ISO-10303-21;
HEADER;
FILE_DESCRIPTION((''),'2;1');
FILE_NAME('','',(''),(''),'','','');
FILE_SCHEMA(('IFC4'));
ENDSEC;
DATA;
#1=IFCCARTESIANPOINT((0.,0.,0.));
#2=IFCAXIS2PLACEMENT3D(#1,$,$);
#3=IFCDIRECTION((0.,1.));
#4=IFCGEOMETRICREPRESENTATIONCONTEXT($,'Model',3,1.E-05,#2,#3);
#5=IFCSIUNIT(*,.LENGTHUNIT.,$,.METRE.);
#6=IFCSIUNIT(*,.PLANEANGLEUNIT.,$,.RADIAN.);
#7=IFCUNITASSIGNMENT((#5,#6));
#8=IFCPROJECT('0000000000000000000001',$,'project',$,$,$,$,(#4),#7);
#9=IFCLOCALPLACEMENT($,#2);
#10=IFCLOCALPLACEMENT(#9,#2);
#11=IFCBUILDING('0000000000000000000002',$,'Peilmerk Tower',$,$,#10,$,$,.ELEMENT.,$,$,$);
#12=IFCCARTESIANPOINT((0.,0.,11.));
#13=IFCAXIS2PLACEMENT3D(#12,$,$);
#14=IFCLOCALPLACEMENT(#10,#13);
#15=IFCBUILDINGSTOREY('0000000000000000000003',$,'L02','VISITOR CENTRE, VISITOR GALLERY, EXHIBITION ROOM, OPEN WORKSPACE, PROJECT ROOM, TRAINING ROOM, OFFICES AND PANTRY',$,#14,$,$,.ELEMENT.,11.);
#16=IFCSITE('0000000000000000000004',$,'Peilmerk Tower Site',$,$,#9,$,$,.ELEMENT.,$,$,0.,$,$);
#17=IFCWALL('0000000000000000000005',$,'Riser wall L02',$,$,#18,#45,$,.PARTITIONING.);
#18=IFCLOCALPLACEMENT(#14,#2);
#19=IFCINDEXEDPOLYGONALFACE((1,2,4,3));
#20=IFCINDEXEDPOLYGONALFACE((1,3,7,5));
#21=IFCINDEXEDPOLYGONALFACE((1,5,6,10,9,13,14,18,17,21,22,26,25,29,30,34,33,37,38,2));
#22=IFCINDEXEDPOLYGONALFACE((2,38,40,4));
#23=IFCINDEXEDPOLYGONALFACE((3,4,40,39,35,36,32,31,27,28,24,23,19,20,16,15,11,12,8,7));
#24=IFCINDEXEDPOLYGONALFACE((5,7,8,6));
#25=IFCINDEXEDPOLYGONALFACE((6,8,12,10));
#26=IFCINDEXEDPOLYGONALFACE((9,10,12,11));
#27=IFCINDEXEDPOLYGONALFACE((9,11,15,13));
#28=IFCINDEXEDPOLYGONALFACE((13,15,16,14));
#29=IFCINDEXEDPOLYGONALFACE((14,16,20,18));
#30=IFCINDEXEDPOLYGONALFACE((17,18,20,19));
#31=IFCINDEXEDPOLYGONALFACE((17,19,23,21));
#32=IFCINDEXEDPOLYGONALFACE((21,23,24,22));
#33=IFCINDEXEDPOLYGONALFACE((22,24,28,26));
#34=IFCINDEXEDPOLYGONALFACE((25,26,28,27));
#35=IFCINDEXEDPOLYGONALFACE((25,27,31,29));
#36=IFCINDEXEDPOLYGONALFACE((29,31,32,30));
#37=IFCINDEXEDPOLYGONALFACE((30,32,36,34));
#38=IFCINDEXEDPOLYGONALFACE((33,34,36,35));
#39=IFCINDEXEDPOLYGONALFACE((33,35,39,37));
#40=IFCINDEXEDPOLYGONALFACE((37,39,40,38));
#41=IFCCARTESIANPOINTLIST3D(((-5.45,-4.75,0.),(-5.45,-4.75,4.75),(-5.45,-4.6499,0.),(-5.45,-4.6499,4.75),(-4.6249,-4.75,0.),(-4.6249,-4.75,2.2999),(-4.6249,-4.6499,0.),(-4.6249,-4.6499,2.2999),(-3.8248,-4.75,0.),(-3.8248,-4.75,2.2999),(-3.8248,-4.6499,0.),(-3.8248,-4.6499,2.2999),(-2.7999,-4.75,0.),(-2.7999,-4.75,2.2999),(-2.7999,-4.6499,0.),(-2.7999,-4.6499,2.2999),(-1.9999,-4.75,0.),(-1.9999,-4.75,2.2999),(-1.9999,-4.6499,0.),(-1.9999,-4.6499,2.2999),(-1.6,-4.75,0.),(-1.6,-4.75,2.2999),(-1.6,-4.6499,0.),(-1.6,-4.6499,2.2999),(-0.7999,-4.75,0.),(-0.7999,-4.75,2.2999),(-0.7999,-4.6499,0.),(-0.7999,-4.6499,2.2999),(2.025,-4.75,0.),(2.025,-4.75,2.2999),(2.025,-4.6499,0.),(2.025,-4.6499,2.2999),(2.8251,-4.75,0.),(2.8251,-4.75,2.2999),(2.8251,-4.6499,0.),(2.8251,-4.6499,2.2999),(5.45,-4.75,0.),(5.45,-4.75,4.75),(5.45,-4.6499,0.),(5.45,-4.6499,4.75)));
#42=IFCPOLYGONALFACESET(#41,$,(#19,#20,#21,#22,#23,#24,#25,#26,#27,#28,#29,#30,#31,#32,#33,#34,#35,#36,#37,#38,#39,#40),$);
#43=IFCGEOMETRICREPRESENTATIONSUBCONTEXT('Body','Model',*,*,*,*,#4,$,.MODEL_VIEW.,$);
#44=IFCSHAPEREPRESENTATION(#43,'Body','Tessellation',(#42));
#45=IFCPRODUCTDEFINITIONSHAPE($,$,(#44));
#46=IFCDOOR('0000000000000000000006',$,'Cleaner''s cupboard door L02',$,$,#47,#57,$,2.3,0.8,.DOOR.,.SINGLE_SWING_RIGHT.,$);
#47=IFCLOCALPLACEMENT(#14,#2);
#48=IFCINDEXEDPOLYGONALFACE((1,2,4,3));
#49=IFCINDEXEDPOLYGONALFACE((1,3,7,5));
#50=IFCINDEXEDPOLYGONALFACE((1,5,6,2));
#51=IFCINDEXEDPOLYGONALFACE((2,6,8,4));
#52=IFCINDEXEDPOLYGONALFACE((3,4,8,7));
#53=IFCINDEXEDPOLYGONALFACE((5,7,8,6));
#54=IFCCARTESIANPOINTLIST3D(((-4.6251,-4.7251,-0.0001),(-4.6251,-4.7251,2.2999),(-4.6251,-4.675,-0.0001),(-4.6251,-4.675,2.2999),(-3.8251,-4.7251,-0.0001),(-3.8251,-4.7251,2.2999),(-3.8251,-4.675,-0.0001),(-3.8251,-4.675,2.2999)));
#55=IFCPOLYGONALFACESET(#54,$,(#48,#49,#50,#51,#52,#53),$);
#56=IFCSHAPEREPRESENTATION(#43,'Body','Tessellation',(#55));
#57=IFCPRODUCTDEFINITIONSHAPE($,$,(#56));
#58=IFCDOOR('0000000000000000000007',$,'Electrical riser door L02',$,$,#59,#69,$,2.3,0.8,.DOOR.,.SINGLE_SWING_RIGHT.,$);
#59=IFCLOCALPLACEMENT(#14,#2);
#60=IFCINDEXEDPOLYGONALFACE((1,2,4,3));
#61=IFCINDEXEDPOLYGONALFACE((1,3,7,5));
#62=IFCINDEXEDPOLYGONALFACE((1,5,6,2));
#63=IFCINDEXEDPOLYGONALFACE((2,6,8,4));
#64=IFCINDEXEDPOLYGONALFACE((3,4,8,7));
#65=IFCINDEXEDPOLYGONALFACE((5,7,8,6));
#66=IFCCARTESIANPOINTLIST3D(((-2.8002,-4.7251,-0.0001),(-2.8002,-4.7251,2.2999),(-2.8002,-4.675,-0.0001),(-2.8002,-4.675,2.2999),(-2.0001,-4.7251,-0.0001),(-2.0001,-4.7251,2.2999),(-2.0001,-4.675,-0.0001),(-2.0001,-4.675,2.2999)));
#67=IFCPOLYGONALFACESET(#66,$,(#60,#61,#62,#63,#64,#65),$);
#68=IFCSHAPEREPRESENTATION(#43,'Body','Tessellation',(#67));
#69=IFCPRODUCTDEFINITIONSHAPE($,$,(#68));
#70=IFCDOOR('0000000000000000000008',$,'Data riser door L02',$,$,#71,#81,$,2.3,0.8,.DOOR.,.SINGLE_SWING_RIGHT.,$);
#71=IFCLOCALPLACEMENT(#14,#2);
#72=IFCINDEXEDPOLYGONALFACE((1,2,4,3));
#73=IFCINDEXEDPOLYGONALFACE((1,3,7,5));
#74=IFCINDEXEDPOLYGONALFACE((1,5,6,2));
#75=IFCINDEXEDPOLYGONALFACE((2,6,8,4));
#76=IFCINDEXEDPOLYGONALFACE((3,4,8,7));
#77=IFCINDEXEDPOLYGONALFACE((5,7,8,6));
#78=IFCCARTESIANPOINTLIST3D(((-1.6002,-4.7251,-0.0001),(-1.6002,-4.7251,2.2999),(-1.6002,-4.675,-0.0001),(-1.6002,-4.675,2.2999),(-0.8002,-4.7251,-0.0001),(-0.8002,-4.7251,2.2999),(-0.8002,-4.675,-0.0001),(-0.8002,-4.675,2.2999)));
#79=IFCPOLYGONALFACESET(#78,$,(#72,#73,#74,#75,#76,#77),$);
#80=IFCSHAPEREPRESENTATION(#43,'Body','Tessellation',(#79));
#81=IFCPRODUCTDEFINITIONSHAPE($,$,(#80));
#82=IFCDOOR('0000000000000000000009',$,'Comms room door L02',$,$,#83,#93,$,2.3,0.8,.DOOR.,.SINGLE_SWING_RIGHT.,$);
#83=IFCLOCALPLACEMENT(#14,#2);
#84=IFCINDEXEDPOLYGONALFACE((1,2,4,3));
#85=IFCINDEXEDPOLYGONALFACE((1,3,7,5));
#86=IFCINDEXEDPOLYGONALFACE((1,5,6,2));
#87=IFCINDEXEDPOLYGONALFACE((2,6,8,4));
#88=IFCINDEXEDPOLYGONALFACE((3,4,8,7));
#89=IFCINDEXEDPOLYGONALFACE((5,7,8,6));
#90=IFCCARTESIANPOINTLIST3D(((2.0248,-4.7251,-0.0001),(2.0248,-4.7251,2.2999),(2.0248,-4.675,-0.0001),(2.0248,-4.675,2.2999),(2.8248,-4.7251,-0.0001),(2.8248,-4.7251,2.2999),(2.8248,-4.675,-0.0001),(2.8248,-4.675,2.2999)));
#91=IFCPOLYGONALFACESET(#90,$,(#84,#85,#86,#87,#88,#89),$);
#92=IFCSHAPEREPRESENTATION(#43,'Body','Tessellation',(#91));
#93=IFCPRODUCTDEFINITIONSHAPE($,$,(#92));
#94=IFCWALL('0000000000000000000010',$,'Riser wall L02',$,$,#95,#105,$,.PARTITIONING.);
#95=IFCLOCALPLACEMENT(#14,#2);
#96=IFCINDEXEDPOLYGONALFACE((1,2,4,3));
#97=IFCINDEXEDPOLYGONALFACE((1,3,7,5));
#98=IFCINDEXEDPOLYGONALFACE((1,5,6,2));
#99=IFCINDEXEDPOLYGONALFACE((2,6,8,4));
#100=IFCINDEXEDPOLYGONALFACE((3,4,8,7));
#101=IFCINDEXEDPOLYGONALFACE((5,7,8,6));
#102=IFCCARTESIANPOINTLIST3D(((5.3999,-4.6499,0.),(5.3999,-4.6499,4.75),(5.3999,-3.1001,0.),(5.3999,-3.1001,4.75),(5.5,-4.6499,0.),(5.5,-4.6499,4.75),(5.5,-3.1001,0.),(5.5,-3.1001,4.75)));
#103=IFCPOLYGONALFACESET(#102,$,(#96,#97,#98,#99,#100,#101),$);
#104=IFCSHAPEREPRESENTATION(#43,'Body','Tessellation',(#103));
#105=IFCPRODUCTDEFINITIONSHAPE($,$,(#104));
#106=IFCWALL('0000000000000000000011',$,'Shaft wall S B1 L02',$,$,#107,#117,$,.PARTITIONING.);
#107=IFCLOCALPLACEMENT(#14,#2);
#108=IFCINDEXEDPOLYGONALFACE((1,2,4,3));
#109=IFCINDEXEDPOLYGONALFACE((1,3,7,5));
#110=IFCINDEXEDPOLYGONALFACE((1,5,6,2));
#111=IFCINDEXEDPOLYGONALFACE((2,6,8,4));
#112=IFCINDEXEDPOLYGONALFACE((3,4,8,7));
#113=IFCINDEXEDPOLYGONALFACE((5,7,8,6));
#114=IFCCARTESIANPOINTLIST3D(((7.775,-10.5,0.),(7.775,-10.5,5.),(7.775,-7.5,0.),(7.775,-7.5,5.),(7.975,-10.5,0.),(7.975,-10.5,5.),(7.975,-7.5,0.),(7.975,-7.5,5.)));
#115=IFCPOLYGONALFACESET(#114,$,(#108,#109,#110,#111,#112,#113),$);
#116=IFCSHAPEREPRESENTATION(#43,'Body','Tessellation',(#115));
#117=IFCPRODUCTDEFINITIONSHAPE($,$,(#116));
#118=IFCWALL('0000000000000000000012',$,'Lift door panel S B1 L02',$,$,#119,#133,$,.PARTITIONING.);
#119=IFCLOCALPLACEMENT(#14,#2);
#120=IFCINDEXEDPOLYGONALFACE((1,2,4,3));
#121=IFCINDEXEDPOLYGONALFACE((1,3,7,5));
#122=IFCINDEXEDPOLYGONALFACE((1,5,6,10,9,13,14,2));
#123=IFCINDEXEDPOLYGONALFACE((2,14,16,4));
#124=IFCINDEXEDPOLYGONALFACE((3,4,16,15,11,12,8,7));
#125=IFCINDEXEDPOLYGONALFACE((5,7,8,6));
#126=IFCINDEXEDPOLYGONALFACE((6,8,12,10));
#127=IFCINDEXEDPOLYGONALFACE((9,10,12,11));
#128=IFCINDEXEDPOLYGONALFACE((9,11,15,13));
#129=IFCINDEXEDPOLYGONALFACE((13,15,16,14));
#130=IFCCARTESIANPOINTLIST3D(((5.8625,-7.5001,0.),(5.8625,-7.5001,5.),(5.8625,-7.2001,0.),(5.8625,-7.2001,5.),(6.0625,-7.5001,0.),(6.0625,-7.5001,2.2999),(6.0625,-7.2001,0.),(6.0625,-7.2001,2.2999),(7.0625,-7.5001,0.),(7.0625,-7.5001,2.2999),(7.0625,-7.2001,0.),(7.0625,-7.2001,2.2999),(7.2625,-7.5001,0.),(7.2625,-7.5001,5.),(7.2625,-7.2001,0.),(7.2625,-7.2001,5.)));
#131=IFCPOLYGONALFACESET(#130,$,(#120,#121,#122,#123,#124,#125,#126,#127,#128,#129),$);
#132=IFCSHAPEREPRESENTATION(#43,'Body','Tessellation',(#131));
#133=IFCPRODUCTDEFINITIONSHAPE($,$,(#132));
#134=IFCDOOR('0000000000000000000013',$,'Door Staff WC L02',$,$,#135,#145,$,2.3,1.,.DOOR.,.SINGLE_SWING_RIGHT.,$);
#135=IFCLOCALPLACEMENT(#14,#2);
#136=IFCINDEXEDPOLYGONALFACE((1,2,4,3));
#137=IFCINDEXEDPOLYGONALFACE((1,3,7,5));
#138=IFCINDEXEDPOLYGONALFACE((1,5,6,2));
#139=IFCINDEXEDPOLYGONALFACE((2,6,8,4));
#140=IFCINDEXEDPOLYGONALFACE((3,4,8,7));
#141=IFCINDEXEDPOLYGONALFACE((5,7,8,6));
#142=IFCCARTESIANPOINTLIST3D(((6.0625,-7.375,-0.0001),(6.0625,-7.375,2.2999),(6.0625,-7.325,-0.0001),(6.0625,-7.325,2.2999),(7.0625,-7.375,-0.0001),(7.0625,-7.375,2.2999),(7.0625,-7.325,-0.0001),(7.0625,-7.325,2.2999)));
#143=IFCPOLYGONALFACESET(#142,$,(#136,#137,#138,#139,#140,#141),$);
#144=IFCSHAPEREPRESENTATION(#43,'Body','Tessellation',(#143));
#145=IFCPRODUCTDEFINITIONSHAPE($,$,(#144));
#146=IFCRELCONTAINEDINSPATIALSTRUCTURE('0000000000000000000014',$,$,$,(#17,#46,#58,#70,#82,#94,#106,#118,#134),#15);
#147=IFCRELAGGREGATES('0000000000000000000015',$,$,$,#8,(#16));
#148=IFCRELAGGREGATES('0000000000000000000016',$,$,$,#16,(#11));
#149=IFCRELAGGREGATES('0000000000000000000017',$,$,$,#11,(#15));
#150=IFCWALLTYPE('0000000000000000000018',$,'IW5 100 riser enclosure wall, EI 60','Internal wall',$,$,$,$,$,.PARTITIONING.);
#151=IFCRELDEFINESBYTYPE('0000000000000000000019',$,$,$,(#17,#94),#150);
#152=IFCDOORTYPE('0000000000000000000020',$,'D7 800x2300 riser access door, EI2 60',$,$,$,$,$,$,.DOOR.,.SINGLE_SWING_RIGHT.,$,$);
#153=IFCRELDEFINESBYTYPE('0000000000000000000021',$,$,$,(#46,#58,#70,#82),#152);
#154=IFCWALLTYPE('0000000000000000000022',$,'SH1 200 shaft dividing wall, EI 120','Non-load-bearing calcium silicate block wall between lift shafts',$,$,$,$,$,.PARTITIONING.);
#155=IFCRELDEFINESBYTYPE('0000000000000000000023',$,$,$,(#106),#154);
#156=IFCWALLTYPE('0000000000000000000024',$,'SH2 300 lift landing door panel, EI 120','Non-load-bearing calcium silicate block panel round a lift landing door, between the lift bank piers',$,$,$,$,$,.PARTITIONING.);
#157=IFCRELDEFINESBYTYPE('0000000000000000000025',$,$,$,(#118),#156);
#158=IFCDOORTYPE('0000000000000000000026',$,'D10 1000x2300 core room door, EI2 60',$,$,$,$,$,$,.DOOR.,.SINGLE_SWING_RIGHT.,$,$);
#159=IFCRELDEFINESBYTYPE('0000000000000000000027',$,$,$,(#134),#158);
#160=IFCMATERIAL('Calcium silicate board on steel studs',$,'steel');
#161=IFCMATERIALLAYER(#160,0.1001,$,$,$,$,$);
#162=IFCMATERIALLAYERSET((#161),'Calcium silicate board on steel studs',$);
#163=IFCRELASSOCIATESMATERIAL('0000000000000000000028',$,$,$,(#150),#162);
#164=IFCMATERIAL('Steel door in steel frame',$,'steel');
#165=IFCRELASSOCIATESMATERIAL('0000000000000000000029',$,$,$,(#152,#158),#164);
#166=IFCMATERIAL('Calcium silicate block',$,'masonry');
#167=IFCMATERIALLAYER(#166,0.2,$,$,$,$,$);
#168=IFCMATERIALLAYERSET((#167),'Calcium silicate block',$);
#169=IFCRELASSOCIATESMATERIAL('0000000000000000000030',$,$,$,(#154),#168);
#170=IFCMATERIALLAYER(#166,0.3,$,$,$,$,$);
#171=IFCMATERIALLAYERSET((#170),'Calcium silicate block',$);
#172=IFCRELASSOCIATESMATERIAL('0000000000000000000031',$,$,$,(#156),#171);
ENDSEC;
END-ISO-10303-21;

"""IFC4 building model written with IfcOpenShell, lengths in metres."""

from ifc_helpers import new_model, si_unit, direction, frame, frame_2d, origin, place, context, subcontext, project, spatial, rectangle, extrude, material, layer, layer_set, type_object, element, fill, save


model = new_model("IFC4")

# Units and contexts
model_context = context("Model", 3, precision=1e-05, world=origin(), true_north=direction((0.0, 1.0)))
body_context = subcontext(model_context, "Body", "Model", "MODEL_VIEW")
ifc_project = project(units=[si_unit("LENGTHUNIT", "METRE"), si_unit("PLANEANGLEUNIT", "RADIAN")], contexts=[model_context])

# Site, building, storey
site_placement = place(None, origin())
site = spatial("IfcSite", under=ifc_project, at=site_placement, Name="Peilmerk Tower Site", CompositionType="ELEMENT", RefElevation=0.0)
building_placement = place(site_placement, origin())
building = spatial("IfcBuilding", under=site, at=building_placement, Name="Peilmerk Tower", CompositionType="ELEMENT")
storey_placement = place(building_placement, frame((0.0, 0.0, 11.0)))
storey = spatial("IfcBuildingStorey", under=building, at=storey_placement, Name="L02", Description="VISITOR CENTRE, VISITOR GALLERY, EXHIBITION ROOM, OPEN WORKSPACE, PROJECT ROOM, TRAINING ROOM, OFFICES AND PANTRY", CompositionType="ELEMENT", Elevation=11.0)

# Shared definitions
ifc_material_1 = material(Name="Steel door in steel frame", Category="steel")

# Shared definitions
ifc_material_2 = material(Name="Calcium silicate board on steel studs", Category="steel")
ifc_layer_1 = layer(ifc_material_2, 0.1001)
ifc_layer_set_1 = layer_set([ifc_layer_1], Name="Calcium silicate board on steel studs")
wall_type_1 = type_object("IfcWallType", Name="IW5 100 riser enclosure wall, EI 60", Description="Internal wall", PredefinedType="PARTITIONING", material=ifc_layer_set_1)

# Wall, openings, doors
wall_1_placement = place(storey_placement, frame((5.45, -4.7, 0.0), z_axis=(0.0, 0.0, 1.0), x_axis=(-1.0, 0.0, 0.0)))
wall_1 = element("IfcWall", 1, at=wall_1_placement, inside=storey, type_object=wall_type_1, Name="Riser wall L02", PredefinedType="PARTITIONING", context=body_context, shape_type="SweptSolid", body=[
    extrude(rectangle(XDim=10.8999, YDim=0.1001, at=frame_2d((5.45, 0.0))), origin(), (0.0, 0.0, 1.0), 4.75),
])
opening_1_placement = place(wall_1_placement, frame((9.2749, 0.0, 0.0)))
opening_1 = element("IfcOpeningElement", 2, at=opening_1_placement, cuts=wall_1, PredefinedType="OPENING", context=body_context, shape_type="SweptSolid", body=[
    extrude(rectangle(XDim=0.8, YDim=2.3, at=frame_2d((0.3999, 1.1499))), frame((0.0, 0.0601, 0.0), z_axis=(0.0, -1.0, 0.0), x_axis=(1.0, 0.0, 0.0)), (0.0, 0.0, 1.0), 0.1201),
])
opening_2_placement = place(wall_1_placement, frame((7.45, 0.0, 0.0)))
opening_2 = element("IfcOpeningElement", 3, at=opening_2_placement, cuts=wall_1, PredefinedType="OPENING", context=body_context, shape_type="SweptSolid", body=[
    extrude(rectangle(XDim=0.8, YDim=2.3, at=frame_2d((0.3999, 1.1499))), frame((0.0, 0.0601, 0.0), z_axis=(0.0, -1.0, 0.0), x_axis=(1.0, 0.0, 0.0)), (0.0, 0.0, 1.0), 0.1201),
])
opening_3_placement = place(wall_1_placement, frame((6.25, 0.0, 0.0)))
opening_3 = element("IfcOpeningElement", 4, at=opening_3_placement, cuts=wall_1, PredefinedType="OPENING", context=body_context, shape_type="SweptSolid", body=[
    extrude(rectangle(XDim=0.8, YDim=2.3, at=frame_2d((0.3999, 1.1499))), frame((0.0, 0.0601, 0.0), z_axis=(0.0, -1.0, 0.0), x_axis=(1.0, 0.0, 0.0)), (0.0, 0.0, 1.0), 0.1201),
])
opening_4_placement = place(wall_1_placement, frame((2.625, 0.0, 0.0)))
opening_4 = element("IfcOpeningElement", 5, at=opening_4_placement, cuts=wall_1, PredefinedType="OPENING", context=body_context, shape_type="SweptSolid", body=[
    extrude(rectangle(XDim=0.8, YDim=2.3, at=frame_2d((0.3999, 1.1499))), frame((0.0, 0.0601, 0.0), z_axis=(0.0, -1.0, 0.0), x_axis=(1.0, 0.0, 0.0)), (0.0, 0.0, 1.0), 0.1201),
])
door_type_1 = type_object("IfcDoorType", Name="D7 800x2300 riser access door, EI2 60", OperationType="SINGLE_SWING_RIGHT", PredefinedType="DOOR", material=ifc_material_1)
door_1_placement = place(opening_1_placement, frame((0.8, 0.0, 0.0), z_axis=(0.0, 0.0, 1.0), x_axis=(-1.0, 0.0, 0.0)))
door_1 = element("IfcDoor", 6, at=door_1_placement, inside=storey, type_object=door_type_1, Name="Cleaner's cupboard door L02", OperationType="SINGLE_SWING_RIGHT", OverallHeight=2.3, OverallWidth=0.8, PredefinedType="DOOR", context=body_context, shape_type="SweptSolid", body=[
    extrude(rectangle(XDim=0.8, YDim=2.3, at=frame_2d((0.3999, 1.1499))), frame((0.0, 0.0249, 0.0), z_axis=(0.0, -1.0, 0.0), x_axis=(1.0, 0.0, 0.0)), (0.0, 0.0, 1.0), 0.05),
])
fill(opening_1, door_1)
door_2_placement = place(opening_2_placement, frame((0.8, 0.0, 0.0), z_axis=(0.0, 0.0, 1.0), x_axis=(-1.0, 0.0, 0.0)))
door_2 = element("IfcDoor", 7, at=door_2_placement, inside=storey, type_object=door_type_1, Name="Electrical riser door L02", OperationType="SINGLE_SWING_RIGHT", OverallHeight=2.3, OverallWidth=0.8, PredefinedType="DOOR", context=body_context, shape_type="SweptSolid", body=[
    extrude(rectangle(XDim=0.8, YDim=2.3, at=frame_2d((0.3999, 1.1499))), frame((0.0, 0.0249, 0.0), z_axis=(0.0, -1.0, 0.0), x_axis=(1.0, 0.0, 0.0)), (0.0, 0.0, 1.0), 0.05),
])
fill(opening_2, door_2)
door_3_placement = place(opening_3_placement, frame((0.8, 0.0, 0.0), z_axis=(0.0, 0.0, 1.0), x_axis=(-1.0, 0.0, 0.0)))
door_3 = element("IfcDoor", 8, at=door_3_placement, inside=storey, type_object=door_type_1, Name="Data riser door L02", OperationType="SINGLE_SWING_RIGHT", OverallHeight=2.3, OverallWidth=0.8, PredefinedType="DOOR", context=body_context, shape_type="SweptSolid", body=[
    extrude(rectangle(XDim=0.8, YDim=2.3, at=frame_2d((0.3999, 1.1499))), frame((0.0, 0.0249, 0.0), z_axis=(0.0, -1.0, 0.0), x_axis=(1.0, 0.0, 0.0)), (0.0, 0.0, 1.0), 0.05),
])
fill(opening_3, door_3)
door_4_placement = place(opening_4_placement, frame((0.8, 0.0, 0.0), z_axis=(0.0, 0.0, 1.0), x_axis=(-1.0, 0.0, 0.0)))
door_4 = element("IfcDoor", 9, at=door_4_placement, inside=storey, type_object=door_type_1, Name="Comms room door L02", OperationType="SINGLE_SWING_RIGHT", OverallHeight=2.3, OverallWidth=0.8, PredefinedType="DOOR", context=body_context, shape_type="SweptSolid", body=[
    extrude(rectangle(XDim=0.8, YDim=2.3, at=frame_2d((0.3999, 1.1499))), frame((0.0, 0.0249, 0.0), z_axis=(0.0, -1.0, 0.0), x_axis=(1.0, 0.0, 0.0)), (0.0, 0.0, 1.0), 0.05),
])
fill(opening_4, door_4)

# Walls
wall_2_placement = place(storey_placement, frame((5.45, -3.1001, 0.0), z_axis=(0.0, 0.0, 1.0), x_axis=(0.0, -1.0, 0.0)))
element("IfcWall", 10, at=wall_2_placement, inside=storey, type_object=wall_type_1, Name="Riser wall L02", PredefinedType="PARTITIONING", context=body_context, shape_type="SweptSolid", body=[
    extrude(rectangle(XDim=1.5498, YDim=0.1001, at=frame_2d((0.7749, 0.0))), origin(), (0.0, 0.0, 1.0), 4.75),
])
ifc_material_3 = material(Name="Calcium silicate block", Category="masonry")
ifc_layer_2 = layer(ifc_material_3, 0.2)
ifc_layer_set_2 = layer_set([ifc_layer_2], Name="Calcium silicate block")
wall_type_2 = type_object("IfcWallType", Name="SH1 200 shaft dividing wall, EI 120", Description="Non-load-bearing calcium silicate block wall between lift shafts", PredefinedType="PARTITIONING", material=ifc_layer_set_2)
wall_3_placement = place(storey_placement, frame((7.875, -10.5, 0.0), z_axis=(0.0, 0.0, 1.0), x_axis=(0.0, 1.0, 0.0)))
element("IfcWall", 11, at=wall_3_placement, inside=storey, type_object=wall_type_2, Name="Shaft wall S B1 L02", PredefinedType="PARTITIONING", context=body_context, shape_type="SweptSolid", body=[
    extrude(rectangle(XDim=3.0, YDim=0.2, at=frame_2d((1.5, 0.0))), origin(), (0.0, 0.0, 1.0), 5.0),
])

# Wall, opening, door
ifc_layer_3 = layer(ifc_material_3, 0.3)
ifc_layer_set_3 = layer_set([ifc_layer_3], Name="Calcium silicate block")
wall_type_3 = type_object("IfcWallType", Name="SH2 300 lift landing door panel, EI 120", Description="Non-load-bearing calcium silicate block panel round a lift landing door, between the lift bank piers", PredefinedType="PARTITIONING", material=ifc_layer_set_3)
wall_4_placement = place(storey_placement, frame((5.8625, -7.3501, 0.0), z_axis=(0.0, 0.0, 1.0), x_axis=(1.0, 0.0, 0.0)))
wall_4 = element("IfcWall", 12, at=wall_4_placement, inside=storey, type_object=wall_type_3, Name="Lift door panel S B1 L02", PredefinedType="PARTITIONING", context=body_context, shape_type="SweptSolid", body=[
    extrude(rectangle(XDim=1.3999, YDim=0.3, at=frame_2d((0.7, 0.0))), origin(), (0.0, 0.0, 1.0), 5.0),
])
opening_5_placement = place(wall_4_placement, frame((0.2, 0.0, 0.0)))
opening_5 = element("IfcOpeningElement", 13, at=opening_5_placement, cuts=wall_4, PredefinedType="OPENING", context=body_context, shape_type="SweptSolid", body=[
    extrude(rectangle(XDim=1.0, YDim=2.3, at=frame_2d((0.5, 1.1499))), frame((0.0, 0.1599, 0.0), z_axis=(0.0, -1.0, 0.0), x_axis=(1.0, 0.0, 0.0)), (0.0, 0.0, 1.0), 0.3201),
])
door_type_2 = type_object("IfcDoorType", Name="D10 1000x2300 core room door, EI2 60", OperationType="SINGLE_SWING_RIGHT", PredefinedType="DOOR", material=ifc_material_1)
door_5_placement = place(opening_5_placement, frame((1.0, 0.0, 0.0), z_axis=(0.0, 0.0, 1.0), x_axis=(-1.0, 0.0, 0.0)))
door_5 = element("IfcDoor", 14, at=door_5_placement, inside=storey, type_object=door_type_2, Name="Door Staff WC L02", OperationType="SINGLE_SWING_RIGHT", OverallHeight=2.3, OverallWidth=1.0, PredefinedType="DOOR", context=body_context, shape_type="SweptSolid", body=[
    extrude(rectangle(XDim=1.0, YDim=2.3, at=frame_2d((0.5, 1.1499))), frame((0.0, 0.0249, 0.0), z_axis=(0.0, -1.0, 0.0), x_axis=(1.0, 0.0, 0.0)), (0.0, 0.0, 1.0), 0.05),
])
fill(opening_5, door_5)

save(model, "model.ifc")
